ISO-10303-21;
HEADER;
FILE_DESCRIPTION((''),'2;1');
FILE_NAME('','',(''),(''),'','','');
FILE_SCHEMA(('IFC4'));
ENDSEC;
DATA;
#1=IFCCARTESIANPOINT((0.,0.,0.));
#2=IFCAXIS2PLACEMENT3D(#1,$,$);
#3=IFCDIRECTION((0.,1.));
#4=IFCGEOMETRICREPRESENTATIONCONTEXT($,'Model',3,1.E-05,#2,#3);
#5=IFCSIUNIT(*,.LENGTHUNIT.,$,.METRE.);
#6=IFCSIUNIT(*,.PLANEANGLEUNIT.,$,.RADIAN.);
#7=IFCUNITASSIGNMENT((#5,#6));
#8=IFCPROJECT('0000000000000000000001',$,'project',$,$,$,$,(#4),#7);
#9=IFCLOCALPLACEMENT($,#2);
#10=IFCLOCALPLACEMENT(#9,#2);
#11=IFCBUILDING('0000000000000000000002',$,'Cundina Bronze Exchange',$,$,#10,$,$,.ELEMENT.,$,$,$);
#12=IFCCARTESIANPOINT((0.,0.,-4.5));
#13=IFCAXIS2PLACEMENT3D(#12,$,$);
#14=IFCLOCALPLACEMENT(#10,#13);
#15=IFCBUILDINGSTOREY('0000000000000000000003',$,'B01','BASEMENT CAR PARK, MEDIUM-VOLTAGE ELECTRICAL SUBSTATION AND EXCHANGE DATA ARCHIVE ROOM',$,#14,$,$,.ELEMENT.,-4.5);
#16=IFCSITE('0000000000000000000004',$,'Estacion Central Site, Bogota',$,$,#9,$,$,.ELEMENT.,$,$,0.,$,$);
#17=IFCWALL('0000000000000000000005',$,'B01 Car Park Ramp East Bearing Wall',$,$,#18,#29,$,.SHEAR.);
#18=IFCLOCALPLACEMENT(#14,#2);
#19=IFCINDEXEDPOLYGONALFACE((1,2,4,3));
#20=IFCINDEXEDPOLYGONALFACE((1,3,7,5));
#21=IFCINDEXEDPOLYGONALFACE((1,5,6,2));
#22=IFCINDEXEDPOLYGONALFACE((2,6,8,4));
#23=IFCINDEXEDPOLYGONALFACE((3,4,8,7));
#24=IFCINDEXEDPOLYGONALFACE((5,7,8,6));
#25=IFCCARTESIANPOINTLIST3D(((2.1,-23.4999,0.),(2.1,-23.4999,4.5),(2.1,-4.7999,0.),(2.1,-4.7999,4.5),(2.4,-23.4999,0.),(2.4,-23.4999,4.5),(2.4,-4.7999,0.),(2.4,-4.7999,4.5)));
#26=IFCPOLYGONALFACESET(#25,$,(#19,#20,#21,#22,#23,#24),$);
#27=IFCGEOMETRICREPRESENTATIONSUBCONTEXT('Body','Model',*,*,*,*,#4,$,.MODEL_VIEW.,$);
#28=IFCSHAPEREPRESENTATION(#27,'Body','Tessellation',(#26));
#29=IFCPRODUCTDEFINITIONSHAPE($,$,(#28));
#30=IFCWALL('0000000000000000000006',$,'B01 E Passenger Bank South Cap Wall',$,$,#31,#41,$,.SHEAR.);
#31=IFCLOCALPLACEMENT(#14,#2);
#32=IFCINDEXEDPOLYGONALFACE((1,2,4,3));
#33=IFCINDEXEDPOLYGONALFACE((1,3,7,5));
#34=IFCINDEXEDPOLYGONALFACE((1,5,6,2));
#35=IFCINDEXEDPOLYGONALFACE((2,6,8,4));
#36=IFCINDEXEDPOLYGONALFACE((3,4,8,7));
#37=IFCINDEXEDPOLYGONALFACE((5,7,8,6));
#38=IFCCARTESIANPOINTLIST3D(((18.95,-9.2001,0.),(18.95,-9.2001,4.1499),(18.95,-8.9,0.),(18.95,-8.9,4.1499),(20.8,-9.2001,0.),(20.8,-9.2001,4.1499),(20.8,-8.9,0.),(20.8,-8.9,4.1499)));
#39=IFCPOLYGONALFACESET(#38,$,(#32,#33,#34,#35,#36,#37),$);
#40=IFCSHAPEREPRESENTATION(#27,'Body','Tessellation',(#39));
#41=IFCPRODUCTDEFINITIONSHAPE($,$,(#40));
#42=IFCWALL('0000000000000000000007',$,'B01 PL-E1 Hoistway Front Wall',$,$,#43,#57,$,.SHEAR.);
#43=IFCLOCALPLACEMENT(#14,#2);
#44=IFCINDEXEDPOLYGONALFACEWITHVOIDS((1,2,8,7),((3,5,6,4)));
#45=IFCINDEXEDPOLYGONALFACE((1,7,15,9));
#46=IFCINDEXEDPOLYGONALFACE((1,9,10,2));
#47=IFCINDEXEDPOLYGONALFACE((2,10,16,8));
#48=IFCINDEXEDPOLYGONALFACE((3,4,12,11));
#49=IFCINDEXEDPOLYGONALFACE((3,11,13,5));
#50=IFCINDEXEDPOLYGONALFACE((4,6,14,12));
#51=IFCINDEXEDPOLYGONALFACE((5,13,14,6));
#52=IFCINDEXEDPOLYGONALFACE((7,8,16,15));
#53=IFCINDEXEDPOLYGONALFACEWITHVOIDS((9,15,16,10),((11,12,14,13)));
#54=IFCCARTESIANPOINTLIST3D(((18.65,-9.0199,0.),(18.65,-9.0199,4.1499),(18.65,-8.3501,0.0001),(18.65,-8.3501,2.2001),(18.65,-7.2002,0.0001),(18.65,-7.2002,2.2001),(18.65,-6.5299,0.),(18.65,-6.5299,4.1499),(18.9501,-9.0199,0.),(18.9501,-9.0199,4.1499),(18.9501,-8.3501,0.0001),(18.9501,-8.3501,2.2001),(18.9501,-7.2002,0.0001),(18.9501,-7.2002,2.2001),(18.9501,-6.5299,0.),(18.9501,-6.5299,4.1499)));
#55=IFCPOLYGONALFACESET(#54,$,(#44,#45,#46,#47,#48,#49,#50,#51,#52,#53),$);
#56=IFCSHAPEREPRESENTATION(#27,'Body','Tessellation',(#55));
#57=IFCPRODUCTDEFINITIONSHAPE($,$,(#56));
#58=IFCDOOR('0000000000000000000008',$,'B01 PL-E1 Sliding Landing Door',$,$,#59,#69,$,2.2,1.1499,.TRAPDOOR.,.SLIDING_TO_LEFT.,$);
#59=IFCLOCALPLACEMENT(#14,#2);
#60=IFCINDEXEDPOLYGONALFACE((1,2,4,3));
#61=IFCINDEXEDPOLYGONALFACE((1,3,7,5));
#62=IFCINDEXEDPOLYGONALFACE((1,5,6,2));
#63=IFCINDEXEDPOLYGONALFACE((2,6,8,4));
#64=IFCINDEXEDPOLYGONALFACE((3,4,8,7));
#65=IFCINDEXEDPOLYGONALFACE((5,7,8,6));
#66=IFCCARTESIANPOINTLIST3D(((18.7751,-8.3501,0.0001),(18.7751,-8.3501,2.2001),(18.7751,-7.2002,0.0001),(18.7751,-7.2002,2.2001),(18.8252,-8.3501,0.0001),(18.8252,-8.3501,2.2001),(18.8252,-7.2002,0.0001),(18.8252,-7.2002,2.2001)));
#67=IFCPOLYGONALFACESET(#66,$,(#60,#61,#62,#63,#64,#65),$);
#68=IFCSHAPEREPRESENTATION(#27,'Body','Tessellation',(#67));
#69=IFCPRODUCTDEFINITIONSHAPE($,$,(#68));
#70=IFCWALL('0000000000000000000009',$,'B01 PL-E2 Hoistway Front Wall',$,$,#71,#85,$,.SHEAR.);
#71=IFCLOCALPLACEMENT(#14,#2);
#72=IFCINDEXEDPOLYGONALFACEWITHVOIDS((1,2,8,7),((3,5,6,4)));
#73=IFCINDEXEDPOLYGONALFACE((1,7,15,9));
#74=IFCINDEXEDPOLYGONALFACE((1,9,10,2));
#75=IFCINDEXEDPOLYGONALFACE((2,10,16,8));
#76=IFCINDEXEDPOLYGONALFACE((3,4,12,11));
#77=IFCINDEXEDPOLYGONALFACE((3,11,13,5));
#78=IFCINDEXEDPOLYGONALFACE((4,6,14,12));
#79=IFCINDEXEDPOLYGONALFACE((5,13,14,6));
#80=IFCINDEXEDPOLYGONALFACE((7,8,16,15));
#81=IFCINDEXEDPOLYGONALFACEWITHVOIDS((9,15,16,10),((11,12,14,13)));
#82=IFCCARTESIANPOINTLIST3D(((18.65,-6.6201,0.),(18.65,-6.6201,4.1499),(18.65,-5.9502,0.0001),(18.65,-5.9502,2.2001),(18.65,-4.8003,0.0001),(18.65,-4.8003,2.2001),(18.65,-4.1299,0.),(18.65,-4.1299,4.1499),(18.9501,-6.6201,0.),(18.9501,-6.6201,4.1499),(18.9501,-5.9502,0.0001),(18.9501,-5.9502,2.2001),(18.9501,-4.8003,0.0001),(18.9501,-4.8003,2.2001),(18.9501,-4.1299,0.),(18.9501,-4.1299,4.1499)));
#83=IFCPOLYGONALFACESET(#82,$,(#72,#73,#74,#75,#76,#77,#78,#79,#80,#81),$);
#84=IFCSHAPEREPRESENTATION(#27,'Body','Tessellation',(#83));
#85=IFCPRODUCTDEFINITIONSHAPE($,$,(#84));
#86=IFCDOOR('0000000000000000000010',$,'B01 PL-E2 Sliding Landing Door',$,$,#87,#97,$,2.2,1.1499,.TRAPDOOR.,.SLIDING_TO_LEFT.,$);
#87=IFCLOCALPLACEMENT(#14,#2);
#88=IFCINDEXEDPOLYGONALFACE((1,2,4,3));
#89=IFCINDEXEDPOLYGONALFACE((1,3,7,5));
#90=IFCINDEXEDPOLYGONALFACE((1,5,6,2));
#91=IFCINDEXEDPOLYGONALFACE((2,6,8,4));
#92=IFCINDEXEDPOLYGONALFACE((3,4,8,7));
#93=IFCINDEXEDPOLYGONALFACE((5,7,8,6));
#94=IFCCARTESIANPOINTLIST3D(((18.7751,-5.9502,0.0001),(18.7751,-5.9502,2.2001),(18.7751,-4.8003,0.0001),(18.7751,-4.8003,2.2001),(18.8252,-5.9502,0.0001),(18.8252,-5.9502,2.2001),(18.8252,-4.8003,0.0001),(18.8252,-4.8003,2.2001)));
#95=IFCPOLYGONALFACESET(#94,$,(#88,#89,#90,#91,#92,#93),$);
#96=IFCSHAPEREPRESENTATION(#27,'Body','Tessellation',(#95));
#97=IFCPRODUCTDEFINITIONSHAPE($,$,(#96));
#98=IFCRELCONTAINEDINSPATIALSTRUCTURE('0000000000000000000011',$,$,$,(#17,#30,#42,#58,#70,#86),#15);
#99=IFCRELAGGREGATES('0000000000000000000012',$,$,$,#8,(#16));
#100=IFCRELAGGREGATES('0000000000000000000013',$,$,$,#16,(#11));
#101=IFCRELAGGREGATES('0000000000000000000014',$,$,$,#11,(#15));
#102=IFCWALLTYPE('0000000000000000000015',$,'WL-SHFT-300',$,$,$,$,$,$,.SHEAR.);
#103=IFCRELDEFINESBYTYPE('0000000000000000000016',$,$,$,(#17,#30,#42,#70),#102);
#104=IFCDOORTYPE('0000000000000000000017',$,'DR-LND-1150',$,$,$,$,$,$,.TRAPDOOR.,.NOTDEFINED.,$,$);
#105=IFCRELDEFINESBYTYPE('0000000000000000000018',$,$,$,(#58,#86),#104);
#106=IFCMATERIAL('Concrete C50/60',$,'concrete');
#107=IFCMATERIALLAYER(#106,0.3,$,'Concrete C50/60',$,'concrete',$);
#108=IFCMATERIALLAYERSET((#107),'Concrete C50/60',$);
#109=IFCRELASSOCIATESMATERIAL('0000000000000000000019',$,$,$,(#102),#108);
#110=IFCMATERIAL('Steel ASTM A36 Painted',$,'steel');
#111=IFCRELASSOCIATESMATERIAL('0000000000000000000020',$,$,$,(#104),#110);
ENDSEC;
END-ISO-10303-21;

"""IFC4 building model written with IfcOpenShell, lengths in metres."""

from ifc_helpers import new_model, si_unit, direction, frame, frame_2d, origin, place, context, subcontext, project, spatial, rectangle, extrude, material, layer, layer_set, type_object, element, fill, save


model = new_model("IFC4")

# Units and contexts
model_context = context("Model", 3, precision=1e-05, world=origin(), true_north=direction((0.0, 1.0)))
body_context = subcontext(model_context, "Body", "Model", "MODEL_VIEW")
ifc_project = project(units=[si_unit("LENGTHUNIT", "METRE"), si_unit("PLANEANGLEUNIT", "RADIAN")], contexts=[model_context])

# Site, building, storey
site_placement = place(None, origin())
site = spatial("IfcSite", under=ifc_project, at=site_placement, Name="Estacion Central Site, Bogota", CompositionType="ELEMENT", RefElevation=0.0)
building_placement = place(site_placement, origin())
building = spatial("IfcBuilding", under=site, at=building_placement, Name="Cundina Bronze Exchange", CompositionType="ELEMENT")
storey_placement = place(building_placement, frame((0.0, 0.0, -4.5)))
storey = spatial("IfcBuildingStorey", under=building, at=storey_placement, Name="B01", Description="BASEMENT CAR PARK, MEDIUM-VOLTAGE ELECTRICAL SUBSTATION AND EXCHANGE DATA ARCHIVE ROOM", CompositionType="ELEMENT", Elevation=-4.5)

# Shared definitions
ifc_material_1 = material(Name="Concrete C50/60", Category="concrete")

# Walls
ifc_layer_1 = layer(ifc_material_1, 0.3, Name="Concrete C50/60", Category="concrete")
ifc_layer_set_1 = layer_set([ifc_layer_1], Name="Concrete C50/60")
wall_type_1 = type_object("IfcWallType", Name="WL-SHFT-300", PredefinedType="SHEAR", material=ifc_layer_set_1)
wall_1_placement = place(storey_placement, frame((2.25, -23.5, 0.0), z_axis=(0.0, 0.0, 1.0), x_axis=(0.0, 1.0, 0.0)))
element("IfcWall", 1, at=wall_1_placement, inside=storey, type_object=wall_type_1, Name="B01 Car Park Ramp East Bearing Wall", PredefinedType="SHEAR", context=body_context, shape_type="SweptSolid", body=[
    extrude(rectangle(XDim=18.7, YDim=0.3, at=frame_2d((9.3501, 0.0))), origin(), (0.0, 0.0, 1.0), 4.5),
])
wall_2_placement = place(storey_placement, frame((18.95, -9.05, 0.0), z_axis=(0.0, 0.0, 1.0), x_axis=(1.0, 0.0, 0.0)))
element("IfcWall", 2, at=wall_2_placement, inside=storey, type_object=wall_type_1, Name="B01 E Passenger Bank South Cap Wall", PredefinedType="SHEAR", context=body_context, shape_type="SweptSolid", body=[
    extrude(rectangle(XDim=1.8501, YDim=0.3, at=frame_2d((0.925, 0.0))), origin(), (0.0, 0.0, 1.0), 4.1499),
])

# Walls, openings, doors
wall_3_placement = place(storey_placement, frame((18.8, -9.02, 0.0), z_axis=(0.0, 0.0, 1.0), x_axis=(0.0, 1.0, 0.0)))
wall_3 = element("IfcWall", 3, at=wall_3_placement, inside=storey, type_object=wall_type_1, Name="B01 PL-E1 Hoistway Front Wall", PredefinedType="SHEAR", context=body_context, shape_type="SweptSolid", body=[
    extrude(rectangle(XDim=2.49, YDim=0.3, at=frame_2d((1.2451, 0.0))), origin(), (0.0, 0.0, 1.0), 4.1499),
])
opening_1_placement = place(wall_3_placement, frame((0.6699, 0.0, 0.0)))
opening_1 = element("IfcOpeningElement", 4, at=opening_1_placement, cuts=wall_3, PredefinedType="OPENING", context=body_context, shape_type="SweptSolid", body=[
    extrude(rectangle(XDim=1.1499, YDim=2.2, at=frame_2d((0.575, 1.1001))), frame((0.0, 0.1599, 0.0), z_axis=(0.0, -1.0, 0.0), x_axis=(1.0, 0.0, 0.0)), (0.0, 0.0, 1.0), 0.3201),
])
ifc_material_2 = material(Name="Steel ASTM A36 Painted", Category="steel")
door_type = type_object("IfcDoorType", Name="DR-LND-1150", OperationType="NOTDEFINED", PredefinedType="TRAPDOOR", material=ifc_material_2)
door_1_placement = place(opening_1_placement, origin())
door_1 = element("IfcDoor", 5, at=door_1_placement, inside=storey, type_object=door_type, Name="B01 PL-E1 Sliding Landing Door", OperationType="SLIDING_TO_LEFT", OverallHeight=2.2, OverallWidth=1.1499, PredefinedType="TRAPDOOR", context=body_context, shape_type="SweptSolid", body=[
    extrude(rectangle(XDim=1.1499, YDim=2.2, at=frame_2d((0.575, 1.1001))), frame((0.0, 0.0249, 0.0), z_axis=(0.0, -1.0, 0.0), x_axis=(1.0, 0.0, 0.0)), (0.0, 0.0, 1.0), 0.05),
])
fill(opening_1, door_1)
wall_4_placement = place(storey_placement, frame((18.8, -6.6201, 0.0), z_axis=(0.0, 0.0, 1.0), x_axis=(0.0, 1.0, 0.0)))
wall_4 = element("IfcWall", 6, at=wall_4_placement, inside=storey, type_object=wall_type_1, Name="B01 PL-E2 Hoistway Front Wall", PredefinedType="SHEAR", context=body_context, shape_type="SweptSolid", body=[
    extrude(rectangle(XDim=2.4902, YDim=0.3, at=frame_2d((1.2451, 0.0))), origin(), (0.0, 0.0, 1.0), 4.1499),
])
opening_2_placement = place(wall_4_placement, frame((0.6699, 0.0, 0.0)))
opening_2 = element("IfcOpeningElement", 7, at=opening_2_placement, cuts=wall_4, PredefinedType="OPENING", context=body_context, shape_type="SweptSolid", body=[
    extrude(rectangle(XDim=1.1499, YDim=2.2, at=frame_2d((0.575, 1.1001))), frame((0.0, 0.1599, 0.0), z_axis=(0.0, -1.0, 0.0), x_axis=(1.0, 0.0, 0.0)), (0.0, 0.0, 1.0), 0.3201),
])
door_2_placement = place(opening_2_placement, origin())
door_2 = element("IfcDoor", 8, at=door_2_placement, inside=storey, type_object=door_type, Name="B01 PL-E2 Sliding Landing Door", OperationType="SLIDING_TO_LEFT", OverallHeight=2.2, OverallWidth=1.1499, PredefinedType="TRAPDOOR", context=body_context, shape_type="SweptSolid", body=[
    extrude(rectangle(XDim=1.1499, YDim=2.2, at=frame_2d((0.575, 1.1001))), frame((0.0, 0.0249, 0.0), z_axis=(0.0, -1.0, 0.0), x_axis=(1.0, 0.0, 0.0)), (0.0, 0.0, 1.0), 0.05),
])
fill(opening_2, door_2)

save(model, "model.ifc")
